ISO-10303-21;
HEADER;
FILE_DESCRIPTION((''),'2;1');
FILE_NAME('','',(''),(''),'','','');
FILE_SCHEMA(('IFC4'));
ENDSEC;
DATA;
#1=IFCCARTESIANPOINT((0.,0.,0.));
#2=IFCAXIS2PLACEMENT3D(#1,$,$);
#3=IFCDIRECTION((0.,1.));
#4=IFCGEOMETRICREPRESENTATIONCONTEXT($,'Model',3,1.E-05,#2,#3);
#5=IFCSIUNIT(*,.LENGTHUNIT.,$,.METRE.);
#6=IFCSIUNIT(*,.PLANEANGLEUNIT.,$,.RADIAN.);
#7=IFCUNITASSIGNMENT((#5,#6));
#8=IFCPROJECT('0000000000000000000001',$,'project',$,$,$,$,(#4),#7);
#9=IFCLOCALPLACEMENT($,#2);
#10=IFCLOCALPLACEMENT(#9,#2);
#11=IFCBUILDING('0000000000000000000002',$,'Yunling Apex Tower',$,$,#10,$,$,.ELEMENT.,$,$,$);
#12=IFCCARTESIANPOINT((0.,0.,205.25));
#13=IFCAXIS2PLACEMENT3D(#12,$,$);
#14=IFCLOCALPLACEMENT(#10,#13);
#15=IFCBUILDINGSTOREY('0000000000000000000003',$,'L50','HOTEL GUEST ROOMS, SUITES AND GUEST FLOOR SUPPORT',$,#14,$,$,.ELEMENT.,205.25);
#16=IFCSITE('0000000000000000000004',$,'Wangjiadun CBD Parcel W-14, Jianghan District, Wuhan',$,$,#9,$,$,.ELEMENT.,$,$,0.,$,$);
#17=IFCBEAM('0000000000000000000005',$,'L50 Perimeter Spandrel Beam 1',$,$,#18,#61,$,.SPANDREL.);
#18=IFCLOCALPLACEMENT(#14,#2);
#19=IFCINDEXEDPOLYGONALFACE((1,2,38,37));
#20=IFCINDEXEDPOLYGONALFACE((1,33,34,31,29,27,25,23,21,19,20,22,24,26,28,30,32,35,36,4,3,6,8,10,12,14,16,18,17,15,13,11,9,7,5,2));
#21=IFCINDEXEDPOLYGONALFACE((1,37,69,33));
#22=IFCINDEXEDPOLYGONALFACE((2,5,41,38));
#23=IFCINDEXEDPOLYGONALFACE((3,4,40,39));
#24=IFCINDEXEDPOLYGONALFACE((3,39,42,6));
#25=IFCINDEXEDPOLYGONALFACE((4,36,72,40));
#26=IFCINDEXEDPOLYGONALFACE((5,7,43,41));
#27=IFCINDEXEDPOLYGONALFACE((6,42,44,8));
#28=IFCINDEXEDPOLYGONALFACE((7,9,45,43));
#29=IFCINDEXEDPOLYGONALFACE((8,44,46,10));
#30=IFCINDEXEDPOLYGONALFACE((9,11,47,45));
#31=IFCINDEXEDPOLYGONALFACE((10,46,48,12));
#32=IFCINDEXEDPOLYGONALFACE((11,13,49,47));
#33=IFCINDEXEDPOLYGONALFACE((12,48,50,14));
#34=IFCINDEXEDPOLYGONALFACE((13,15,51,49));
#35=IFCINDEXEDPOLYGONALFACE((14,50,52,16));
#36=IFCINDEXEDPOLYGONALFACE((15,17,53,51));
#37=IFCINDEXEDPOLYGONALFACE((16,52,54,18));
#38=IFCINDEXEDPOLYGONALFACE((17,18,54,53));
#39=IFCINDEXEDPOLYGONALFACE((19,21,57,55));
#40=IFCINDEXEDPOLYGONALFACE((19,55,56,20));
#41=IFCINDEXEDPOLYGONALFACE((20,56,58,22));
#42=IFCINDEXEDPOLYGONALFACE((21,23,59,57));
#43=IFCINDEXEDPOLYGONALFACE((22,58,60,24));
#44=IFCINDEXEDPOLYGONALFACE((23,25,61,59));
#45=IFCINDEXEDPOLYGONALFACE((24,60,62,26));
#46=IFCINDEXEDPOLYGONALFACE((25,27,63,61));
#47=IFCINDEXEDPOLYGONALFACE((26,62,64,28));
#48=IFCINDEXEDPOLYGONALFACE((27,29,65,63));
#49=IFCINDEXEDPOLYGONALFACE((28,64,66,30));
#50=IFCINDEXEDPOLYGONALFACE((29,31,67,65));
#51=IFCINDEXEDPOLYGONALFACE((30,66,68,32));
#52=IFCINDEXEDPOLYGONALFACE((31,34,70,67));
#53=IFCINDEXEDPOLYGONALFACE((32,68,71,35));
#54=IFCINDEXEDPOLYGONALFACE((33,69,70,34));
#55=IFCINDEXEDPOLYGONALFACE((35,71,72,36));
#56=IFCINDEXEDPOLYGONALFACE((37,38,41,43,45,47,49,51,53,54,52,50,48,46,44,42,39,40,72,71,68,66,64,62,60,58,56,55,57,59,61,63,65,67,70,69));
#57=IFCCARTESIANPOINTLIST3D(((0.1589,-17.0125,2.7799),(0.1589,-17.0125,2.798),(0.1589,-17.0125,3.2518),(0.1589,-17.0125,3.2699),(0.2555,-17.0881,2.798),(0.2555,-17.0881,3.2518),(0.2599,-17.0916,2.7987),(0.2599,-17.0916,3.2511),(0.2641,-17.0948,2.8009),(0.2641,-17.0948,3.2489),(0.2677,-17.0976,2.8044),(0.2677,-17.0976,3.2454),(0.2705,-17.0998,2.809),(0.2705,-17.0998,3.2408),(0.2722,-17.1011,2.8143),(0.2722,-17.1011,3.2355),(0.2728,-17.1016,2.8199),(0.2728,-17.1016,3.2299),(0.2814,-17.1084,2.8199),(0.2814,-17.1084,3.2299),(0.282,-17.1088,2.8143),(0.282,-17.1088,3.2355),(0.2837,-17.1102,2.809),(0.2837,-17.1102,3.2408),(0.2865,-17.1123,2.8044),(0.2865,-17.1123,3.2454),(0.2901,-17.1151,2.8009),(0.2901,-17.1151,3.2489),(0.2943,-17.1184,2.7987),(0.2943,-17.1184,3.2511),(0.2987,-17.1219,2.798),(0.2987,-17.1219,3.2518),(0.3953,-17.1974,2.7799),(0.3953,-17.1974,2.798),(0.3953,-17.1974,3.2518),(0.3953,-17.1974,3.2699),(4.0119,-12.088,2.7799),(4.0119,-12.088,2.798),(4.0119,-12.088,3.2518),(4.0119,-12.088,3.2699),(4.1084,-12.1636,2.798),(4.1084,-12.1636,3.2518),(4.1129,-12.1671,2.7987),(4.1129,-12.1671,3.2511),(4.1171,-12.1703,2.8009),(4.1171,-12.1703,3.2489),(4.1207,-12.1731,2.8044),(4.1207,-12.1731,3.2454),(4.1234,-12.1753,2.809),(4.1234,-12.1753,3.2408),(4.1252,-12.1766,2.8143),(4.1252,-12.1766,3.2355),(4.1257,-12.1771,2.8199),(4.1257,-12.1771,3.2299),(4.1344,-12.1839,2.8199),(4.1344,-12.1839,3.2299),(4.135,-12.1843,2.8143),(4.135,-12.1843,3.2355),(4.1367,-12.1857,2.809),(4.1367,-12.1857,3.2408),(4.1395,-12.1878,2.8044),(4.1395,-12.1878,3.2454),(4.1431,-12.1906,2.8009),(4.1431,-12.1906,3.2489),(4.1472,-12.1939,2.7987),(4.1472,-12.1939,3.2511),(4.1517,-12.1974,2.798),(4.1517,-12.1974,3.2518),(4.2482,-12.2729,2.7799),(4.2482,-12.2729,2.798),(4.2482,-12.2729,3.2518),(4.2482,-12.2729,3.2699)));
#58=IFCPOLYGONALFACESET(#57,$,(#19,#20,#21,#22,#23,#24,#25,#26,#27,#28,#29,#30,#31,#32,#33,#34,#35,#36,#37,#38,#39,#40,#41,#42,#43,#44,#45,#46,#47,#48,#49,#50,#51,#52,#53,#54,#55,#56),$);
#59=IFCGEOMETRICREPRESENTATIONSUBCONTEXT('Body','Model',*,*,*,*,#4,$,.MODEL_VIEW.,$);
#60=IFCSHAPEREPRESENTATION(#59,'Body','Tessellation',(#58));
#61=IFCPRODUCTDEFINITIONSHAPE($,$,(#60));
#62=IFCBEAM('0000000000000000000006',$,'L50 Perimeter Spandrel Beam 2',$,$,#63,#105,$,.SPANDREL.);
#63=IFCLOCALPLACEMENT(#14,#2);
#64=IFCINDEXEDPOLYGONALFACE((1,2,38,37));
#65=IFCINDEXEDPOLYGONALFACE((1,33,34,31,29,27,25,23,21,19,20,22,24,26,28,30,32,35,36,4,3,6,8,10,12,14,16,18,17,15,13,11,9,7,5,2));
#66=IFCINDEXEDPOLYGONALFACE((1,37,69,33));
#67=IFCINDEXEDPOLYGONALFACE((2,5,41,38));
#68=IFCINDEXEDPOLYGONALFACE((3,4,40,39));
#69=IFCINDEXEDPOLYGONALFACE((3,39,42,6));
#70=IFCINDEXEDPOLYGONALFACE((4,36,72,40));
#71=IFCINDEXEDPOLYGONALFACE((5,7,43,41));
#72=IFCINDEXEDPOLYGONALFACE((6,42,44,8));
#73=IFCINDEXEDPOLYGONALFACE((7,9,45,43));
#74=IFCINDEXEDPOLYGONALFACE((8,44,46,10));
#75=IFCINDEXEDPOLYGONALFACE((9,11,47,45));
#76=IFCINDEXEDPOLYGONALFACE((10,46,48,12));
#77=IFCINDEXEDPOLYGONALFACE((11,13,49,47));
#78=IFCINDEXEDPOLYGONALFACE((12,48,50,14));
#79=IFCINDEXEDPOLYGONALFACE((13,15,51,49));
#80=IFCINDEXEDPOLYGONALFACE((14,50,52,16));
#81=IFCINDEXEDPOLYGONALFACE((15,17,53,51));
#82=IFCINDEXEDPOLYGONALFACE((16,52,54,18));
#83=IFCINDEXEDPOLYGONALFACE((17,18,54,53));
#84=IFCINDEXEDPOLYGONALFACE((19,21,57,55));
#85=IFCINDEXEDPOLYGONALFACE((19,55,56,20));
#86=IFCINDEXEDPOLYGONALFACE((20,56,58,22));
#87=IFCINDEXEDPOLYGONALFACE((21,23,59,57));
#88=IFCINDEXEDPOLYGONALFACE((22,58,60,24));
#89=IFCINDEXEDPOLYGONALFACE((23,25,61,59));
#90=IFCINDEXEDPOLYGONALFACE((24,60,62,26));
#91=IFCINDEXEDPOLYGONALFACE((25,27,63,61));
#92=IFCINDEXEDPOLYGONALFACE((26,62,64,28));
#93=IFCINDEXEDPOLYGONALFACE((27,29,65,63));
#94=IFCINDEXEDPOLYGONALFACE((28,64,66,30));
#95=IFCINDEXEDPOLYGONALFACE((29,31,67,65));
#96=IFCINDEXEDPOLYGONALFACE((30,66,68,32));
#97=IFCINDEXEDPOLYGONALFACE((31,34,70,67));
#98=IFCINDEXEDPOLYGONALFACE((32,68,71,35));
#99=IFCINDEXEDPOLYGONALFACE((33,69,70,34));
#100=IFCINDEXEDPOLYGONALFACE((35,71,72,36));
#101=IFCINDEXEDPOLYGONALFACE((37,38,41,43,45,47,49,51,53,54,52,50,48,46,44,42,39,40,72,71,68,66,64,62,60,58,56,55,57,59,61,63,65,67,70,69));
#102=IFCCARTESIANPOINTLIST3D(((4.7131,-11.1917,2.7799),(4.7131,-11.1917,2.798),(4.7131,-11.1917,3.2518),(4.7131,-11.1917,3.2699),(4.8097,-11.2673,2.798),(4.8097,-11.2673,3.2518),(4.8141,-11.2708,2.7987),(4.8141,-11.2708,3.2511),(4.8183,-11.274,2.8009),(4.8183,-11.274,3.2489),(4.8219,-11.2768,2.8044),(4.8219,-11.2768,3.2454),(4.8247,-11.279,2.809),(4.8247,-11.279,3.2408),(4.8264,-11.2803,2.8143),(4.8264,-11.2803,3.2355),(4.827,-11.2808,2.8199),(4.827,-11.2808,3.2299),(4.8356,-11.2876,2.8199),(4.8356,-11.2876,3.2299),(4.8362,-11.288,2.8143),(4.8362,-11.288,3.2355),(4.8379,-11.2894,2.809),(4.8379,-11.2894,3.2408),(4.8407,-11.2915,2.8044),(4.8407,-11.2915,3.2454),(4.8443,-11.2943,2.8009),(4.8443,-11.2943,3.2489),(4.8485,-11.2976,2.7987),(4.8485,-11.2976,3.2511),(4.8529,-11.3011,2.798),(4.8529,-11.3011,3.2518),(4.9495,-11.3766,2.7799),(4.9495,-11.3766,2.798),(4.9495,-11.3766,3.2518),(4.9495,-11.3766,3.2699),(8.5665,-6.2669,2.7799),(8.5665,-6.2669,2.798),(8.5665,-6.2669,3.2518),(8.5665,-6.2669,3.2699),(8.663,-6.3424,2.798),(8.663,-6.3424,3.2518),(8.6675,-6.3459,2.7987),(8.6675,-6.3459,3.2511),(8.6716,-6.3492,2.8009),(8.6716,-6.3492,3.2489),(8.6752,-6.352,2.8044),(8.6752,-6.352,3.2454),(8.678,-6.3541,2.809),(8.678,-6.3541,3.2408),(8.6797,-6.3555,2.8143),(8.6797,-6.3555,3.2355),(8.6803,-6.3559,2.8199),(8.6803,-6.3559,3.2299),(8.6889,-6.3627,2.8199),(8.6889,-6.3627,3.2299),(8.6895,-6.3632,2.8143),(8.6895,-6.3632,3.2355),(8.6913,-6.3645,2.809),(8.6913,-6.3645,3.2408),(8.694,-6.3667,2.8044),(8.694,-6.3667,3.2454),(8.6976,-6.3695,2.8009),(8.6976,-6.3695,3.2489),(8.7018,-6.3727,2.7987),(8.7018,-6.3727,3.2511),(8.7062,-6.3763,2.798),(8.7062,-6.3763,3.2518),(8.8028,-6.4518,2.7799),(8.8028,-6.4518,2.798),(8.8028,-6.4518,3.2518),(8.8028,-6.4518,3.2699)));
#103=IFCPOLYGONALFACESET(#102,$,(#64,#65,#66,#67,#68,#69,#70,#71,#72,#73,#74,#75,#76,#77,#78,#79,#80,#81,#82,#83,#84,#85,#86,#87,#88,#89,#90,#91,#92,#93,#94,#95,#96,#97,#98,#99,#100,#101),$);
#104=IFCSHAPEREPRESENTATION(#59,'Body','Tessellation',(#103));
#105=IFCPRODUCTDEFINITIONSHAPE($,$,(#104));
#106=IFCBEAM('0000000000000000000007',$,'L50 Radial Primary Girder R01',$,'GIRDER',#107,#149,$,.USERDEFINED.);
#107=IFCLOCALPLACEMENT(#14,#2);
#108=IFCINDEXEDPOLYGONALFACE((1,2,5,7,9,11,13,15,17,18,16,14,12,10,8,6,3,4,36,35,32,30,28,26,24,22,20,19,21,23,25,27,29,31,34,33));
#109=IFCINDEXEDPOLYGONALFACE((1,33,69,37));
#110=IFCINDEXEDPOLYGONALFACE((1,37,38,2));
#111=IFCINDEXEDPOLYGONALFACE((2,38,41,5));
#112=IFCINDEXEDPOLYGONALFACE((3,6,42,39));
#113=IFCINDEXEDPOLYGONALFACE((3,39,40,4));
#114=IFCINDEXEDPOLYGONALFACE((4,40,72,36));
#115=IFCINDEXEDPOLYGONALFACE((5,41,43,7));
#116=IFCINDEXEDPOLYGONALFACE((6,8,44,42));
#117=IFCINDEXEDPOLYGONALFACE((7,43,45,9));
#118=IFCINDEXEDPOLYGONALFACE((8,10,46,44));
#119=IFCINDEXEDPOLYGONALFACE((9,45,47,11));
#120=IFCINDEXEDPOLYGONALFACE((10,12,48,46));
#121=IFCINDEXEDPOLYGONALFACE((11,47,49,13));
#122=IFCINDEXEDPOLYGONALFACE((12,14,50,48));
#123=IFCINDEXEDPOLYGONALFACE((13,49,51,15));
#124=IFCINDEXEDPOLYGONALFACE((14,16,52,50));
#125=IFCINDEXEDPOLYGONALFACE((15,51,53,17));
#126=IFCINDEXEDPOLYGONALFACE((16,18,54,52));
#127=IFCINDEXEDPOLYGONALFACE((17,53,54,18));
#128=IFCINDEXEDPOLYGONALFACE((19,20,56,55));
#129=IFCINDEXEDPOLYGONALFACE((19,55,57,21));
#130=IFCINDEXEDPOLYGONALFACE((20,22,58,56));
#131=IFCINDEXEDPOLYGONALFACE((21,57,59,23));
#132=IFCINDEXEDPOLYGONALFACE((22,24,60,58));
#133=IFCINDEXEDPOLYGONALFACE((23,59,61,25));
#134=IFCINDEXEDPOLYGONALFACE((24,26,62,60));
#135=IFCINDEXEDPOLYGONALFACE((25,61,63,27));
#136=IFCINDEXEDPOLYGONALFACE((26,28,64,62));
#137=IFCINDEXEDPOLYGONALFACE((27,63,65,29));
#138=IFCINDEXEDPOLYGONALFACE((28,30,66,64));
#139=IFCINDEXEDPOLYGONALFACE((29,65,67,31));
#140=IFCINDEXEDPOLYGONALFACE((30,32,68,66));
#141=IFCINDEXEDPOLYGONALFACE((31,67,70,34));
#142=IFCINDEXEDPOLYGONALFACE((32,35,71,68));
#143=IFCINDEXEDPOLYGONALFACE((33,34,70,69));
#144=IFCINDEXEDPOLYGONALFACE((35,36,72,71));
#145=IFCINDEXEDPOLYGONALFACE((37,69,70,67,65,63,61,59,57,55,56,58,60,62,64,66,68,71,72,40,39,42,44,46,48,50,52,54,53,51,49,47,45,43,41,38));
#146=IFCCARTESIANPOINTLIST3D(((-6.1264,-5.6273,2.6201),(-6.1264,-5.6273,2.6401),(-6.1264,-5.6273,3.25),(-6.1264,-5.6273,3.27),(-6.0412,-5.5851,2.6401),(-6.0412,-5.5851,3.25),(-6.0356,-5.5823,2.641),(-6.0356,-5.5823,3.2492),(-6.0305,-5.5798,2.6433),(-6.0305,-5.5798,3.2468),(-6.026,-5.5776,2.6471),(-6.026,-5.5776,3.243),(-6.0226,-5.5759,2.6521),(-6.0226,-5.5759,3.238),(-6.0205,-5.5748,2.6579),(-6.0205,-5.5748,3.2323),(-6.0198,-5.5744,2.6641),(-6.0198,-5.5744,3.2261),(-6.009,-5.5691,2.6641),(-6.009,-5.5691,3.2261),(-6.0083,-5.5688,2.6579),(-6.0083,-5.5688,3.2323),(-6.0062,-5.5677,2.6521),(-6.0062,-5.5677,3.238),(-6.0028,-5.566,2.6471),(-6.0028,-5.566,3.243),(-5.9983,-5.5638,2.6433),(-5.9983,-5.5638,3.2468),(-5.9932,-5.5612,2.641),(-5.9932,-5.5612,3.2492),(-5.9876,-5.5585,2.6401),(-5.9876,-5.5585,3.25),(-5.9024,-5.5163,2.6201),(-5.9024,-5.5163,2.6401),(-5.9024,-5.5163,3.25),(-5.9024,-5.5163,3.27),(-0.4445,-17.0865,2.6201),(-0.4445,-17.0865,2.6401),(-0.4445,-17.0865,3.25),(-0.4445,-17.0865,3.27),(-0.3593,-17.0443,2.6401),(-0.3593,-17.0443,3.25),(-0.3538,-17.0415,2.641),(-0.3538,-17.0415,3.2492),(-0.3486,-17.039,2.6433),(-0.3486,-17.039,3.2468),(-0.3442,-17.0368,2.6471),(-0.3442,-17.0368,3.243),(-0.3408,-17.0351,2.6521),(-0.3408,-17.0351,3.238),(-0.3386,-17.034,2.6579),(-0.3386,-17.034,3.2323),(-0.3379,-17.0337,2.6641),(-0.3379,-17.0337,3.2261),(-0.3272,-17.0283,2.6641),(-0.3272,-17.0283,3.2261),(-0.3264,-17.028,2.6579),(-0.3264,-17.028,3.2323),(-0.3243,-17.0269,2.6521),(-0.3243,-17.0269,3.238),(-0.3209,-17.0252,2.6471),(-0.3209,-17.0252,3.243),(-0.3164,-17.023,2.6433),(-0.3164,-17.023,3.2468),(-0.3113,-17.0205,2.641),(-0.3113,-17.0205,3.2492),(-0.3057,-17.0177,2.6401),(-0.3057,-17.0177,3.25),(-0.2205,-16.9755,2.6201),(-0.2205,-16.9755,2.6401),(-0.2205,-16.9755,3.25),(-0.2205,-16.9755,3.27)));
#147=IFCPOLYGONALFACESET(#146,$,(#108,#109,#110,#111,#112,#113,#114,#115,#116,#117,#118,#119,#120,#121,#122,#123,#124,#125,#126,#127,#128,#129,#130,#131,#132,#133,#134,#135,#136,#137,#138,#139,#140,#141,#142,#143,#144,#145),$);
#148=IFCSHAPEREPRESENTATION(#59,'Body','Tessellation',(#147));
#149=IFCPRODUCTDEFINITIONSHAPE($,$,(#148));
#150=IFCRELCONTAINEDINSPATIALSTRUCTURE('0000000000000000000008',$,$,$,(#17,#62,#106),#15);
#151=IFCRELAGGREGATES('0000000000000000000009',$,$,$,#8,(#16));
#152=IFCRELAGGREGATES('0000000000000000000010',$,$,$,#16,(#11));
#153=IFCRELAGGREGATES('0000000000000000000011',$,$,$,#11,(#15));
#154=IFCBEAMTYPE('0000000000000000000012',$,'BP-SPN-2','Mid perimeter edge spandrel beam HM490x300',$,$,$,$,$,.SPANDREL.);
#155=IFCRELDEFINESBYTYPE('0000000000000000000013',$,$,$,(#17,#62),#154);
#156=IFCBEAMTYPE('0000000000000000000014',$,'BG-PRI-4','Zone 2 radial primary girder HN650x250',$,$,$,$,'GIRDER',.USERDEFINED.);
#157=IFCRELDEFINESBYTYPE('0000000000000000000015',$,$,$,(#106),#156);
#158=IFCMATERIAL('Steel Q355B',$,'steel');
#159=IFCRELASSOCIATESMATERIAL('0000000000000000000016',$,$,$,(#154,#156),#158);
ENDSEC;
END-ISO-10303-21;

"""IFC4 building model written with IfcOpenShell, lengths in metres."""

from ifc_helpers import new_model, si_unit, direction, frame, origin, origin_2d, place, context, subcontext, project, spatial, i_section, extrude, source, transform, mapped, material, material_profile, profile_set, type_object, element, save


model = new_model("IFC4")

# Units and contexts
model_context = context("Model", 3, precision=1e-05, world=origin(), true_north=direction((0.0, 1.0)))
body_context = subcontext(model_context, "Body", "Model", "MODEL_VIEW")
ifc_project = project(units=[si_unit("LENGTHUNIT", "METRE"), si_unit("PLANEANGLEUNIT", "RADIAN")], contexts=[model_context])

# Site, building, storey
site_placement = place(None, origin())
site = spatial("IfcSite", under=ifc_project, at=site_placement, Name="Wangjiadun CBD Parcel W-14, Jianghan District, Wuhan", CompositionType="ELEMENT", RefElevation=0.0)
building_placement = place(site_placement, origin())
building = spatial("IfcBuilding", under=site, at=building_placement, Name="Yunling Apex Tower", CompositionType="ELEMENT")
storey_placement = place(building_placement, frame((0.0, 0.0, 205.25)))
storey = spatial("IfcBuildingStorey", under=building, at=storey_placement, Name="L50", Description="HOTEL GUEST ROOMS, SUITES AND GUEST FLOOR SUPPORT", CompositionType="ELEMENT", Elevation=205.25)

# Beams
ifc_material_1 = material(Name="Steel Q355B", Category="steel")
ifc_material_profile_1 = material_profile(ifc_material_1, i_section(OverallWidth=0.3, OverallDepth=0.49, WebThickness=0.011, FlangeThickness=0.0181, FilletRadius=0.022, at=origin_2d()))
ifc_profile_set_1 = profile_set([ifc_material_profile_1], Name="Steel Q355B")
beam_type_1 = type_object("IfcBeamType", Name="BP-SPN-2", Description="Mid perimeter edge spandrel beam HM490x300", PredefinedType="SPANDREL", material=ifc_profile_set_1)
shared_shape_1 = source(origin(), body_context, "Body", "SweptSolid", [
    extrude(i_section(OverallWidth=0.3, OverallDepth=0.49, WebThickness=0.011, FlangeThickness=0.0181, FilletRadius=0.022, at=origin_2d()), origin(), (0.0, 0.0, 1.0), 6.2527),
])
beam_1_placement = place(storey_placement, frame((0.2771, -17.105, 3.0249), z_axis=(0.616211, 0.787581, 0.0), x_axis=(-0.787581, 0.616211, 0.0)))
element("IfcBeam", 1, at=beam_1_placement, inside=storey, type_object=beam_type_1, Name="L50 Perimeter Spandrel Beam 1", PredefinedType="SPANDREL", context=body_context, shape_type="MappedRepresentation", body=[
    mapped(shared_shape_1, transform((0.0, 0.0, 0.0), scale=1.0)),
])
shared_shape_2 = source(origin(), body_context, "Body", "SweptSolid", [
    extrude(i_section(OverallWidth=0.3, OverallDepth=0.49, WebThickness=0.011, FlangeThickness=0.0181, FilletRadius=0.022, at=origin_2d()), origin(), (0.0, 0.0, 1.0), 6.2532),
])
beam_2_placement = place(storey_placement, frame((4.8313, -11.2842, 3.0249), z_axis=(0.616217, 0.787577, 0.0), x_axis=(-0.787577, 0.616217, 0.0)))
element("IfcBeam", 2, at=beam_2_placement, inside=storey, type_object=beam_type_1, Name="L50 Perimeter Spandrel Beam 2", PredefinedType="SPANDREL", context=body_context, shape_type="MappedRepresentation", body=[
    mapped(shared_shape_2, transform((0.0, 0.0, 0.0), scale=1.0)),
])
ifc_material_profile_2 = material_profile(ifc_material_1, i_section(OverallWidth=0.25, OverallDepth=0.6499, WebThickness=0.012, FlangeThickness=0.02, FilletRadius=0.0239, at=origin_2d()))
ifc_profile_set_2 = profile_set([ifc_material_profile_2], Name="Steel Q355B")
beam_type_2 = type_object("IfcBeamType", Name="BG-PRI-4", Description="Zone 2 radial primary girder HN650x250", ElementType="GIRDER", PredefinedType="USERDEFINED", material=ifc_profile_set_2)
shared_shape_3 = source(origin(), body_context, "Body", "SweptSolid", [
    extrude(i_section(OverallWidth=0.25, OverallDepth=0.6499, WebThickness=0.012, FlangeThickness=0.02, FilletRadius=0.0239, at=origin_2d()), origin(), (0.0, 0.0, 1.0), 12.7905),
])
beam_3_placement = place(storey_placement, frame((-0.3325, -17.031, 2.9451), z_axis=(-0.444226, 0.895915, 0.0), x_axis=(-0.895915, -0.444226, 0.0)))
element("IfcBeam", 3, at=beam_3_placement, inside=storey, type_object=beam_type_2, Name="L50 Radial Primary Girder R01", ObjectType="GIRDER", PredefinedType="USERDEFINED", context=body_context, shape_type="MappedRepresentation", body=[
    mapped(shared_shape_3, transform((0.0, 0.0, 0.0), scale=1.0)),
])

save(model, "model.ifc")
